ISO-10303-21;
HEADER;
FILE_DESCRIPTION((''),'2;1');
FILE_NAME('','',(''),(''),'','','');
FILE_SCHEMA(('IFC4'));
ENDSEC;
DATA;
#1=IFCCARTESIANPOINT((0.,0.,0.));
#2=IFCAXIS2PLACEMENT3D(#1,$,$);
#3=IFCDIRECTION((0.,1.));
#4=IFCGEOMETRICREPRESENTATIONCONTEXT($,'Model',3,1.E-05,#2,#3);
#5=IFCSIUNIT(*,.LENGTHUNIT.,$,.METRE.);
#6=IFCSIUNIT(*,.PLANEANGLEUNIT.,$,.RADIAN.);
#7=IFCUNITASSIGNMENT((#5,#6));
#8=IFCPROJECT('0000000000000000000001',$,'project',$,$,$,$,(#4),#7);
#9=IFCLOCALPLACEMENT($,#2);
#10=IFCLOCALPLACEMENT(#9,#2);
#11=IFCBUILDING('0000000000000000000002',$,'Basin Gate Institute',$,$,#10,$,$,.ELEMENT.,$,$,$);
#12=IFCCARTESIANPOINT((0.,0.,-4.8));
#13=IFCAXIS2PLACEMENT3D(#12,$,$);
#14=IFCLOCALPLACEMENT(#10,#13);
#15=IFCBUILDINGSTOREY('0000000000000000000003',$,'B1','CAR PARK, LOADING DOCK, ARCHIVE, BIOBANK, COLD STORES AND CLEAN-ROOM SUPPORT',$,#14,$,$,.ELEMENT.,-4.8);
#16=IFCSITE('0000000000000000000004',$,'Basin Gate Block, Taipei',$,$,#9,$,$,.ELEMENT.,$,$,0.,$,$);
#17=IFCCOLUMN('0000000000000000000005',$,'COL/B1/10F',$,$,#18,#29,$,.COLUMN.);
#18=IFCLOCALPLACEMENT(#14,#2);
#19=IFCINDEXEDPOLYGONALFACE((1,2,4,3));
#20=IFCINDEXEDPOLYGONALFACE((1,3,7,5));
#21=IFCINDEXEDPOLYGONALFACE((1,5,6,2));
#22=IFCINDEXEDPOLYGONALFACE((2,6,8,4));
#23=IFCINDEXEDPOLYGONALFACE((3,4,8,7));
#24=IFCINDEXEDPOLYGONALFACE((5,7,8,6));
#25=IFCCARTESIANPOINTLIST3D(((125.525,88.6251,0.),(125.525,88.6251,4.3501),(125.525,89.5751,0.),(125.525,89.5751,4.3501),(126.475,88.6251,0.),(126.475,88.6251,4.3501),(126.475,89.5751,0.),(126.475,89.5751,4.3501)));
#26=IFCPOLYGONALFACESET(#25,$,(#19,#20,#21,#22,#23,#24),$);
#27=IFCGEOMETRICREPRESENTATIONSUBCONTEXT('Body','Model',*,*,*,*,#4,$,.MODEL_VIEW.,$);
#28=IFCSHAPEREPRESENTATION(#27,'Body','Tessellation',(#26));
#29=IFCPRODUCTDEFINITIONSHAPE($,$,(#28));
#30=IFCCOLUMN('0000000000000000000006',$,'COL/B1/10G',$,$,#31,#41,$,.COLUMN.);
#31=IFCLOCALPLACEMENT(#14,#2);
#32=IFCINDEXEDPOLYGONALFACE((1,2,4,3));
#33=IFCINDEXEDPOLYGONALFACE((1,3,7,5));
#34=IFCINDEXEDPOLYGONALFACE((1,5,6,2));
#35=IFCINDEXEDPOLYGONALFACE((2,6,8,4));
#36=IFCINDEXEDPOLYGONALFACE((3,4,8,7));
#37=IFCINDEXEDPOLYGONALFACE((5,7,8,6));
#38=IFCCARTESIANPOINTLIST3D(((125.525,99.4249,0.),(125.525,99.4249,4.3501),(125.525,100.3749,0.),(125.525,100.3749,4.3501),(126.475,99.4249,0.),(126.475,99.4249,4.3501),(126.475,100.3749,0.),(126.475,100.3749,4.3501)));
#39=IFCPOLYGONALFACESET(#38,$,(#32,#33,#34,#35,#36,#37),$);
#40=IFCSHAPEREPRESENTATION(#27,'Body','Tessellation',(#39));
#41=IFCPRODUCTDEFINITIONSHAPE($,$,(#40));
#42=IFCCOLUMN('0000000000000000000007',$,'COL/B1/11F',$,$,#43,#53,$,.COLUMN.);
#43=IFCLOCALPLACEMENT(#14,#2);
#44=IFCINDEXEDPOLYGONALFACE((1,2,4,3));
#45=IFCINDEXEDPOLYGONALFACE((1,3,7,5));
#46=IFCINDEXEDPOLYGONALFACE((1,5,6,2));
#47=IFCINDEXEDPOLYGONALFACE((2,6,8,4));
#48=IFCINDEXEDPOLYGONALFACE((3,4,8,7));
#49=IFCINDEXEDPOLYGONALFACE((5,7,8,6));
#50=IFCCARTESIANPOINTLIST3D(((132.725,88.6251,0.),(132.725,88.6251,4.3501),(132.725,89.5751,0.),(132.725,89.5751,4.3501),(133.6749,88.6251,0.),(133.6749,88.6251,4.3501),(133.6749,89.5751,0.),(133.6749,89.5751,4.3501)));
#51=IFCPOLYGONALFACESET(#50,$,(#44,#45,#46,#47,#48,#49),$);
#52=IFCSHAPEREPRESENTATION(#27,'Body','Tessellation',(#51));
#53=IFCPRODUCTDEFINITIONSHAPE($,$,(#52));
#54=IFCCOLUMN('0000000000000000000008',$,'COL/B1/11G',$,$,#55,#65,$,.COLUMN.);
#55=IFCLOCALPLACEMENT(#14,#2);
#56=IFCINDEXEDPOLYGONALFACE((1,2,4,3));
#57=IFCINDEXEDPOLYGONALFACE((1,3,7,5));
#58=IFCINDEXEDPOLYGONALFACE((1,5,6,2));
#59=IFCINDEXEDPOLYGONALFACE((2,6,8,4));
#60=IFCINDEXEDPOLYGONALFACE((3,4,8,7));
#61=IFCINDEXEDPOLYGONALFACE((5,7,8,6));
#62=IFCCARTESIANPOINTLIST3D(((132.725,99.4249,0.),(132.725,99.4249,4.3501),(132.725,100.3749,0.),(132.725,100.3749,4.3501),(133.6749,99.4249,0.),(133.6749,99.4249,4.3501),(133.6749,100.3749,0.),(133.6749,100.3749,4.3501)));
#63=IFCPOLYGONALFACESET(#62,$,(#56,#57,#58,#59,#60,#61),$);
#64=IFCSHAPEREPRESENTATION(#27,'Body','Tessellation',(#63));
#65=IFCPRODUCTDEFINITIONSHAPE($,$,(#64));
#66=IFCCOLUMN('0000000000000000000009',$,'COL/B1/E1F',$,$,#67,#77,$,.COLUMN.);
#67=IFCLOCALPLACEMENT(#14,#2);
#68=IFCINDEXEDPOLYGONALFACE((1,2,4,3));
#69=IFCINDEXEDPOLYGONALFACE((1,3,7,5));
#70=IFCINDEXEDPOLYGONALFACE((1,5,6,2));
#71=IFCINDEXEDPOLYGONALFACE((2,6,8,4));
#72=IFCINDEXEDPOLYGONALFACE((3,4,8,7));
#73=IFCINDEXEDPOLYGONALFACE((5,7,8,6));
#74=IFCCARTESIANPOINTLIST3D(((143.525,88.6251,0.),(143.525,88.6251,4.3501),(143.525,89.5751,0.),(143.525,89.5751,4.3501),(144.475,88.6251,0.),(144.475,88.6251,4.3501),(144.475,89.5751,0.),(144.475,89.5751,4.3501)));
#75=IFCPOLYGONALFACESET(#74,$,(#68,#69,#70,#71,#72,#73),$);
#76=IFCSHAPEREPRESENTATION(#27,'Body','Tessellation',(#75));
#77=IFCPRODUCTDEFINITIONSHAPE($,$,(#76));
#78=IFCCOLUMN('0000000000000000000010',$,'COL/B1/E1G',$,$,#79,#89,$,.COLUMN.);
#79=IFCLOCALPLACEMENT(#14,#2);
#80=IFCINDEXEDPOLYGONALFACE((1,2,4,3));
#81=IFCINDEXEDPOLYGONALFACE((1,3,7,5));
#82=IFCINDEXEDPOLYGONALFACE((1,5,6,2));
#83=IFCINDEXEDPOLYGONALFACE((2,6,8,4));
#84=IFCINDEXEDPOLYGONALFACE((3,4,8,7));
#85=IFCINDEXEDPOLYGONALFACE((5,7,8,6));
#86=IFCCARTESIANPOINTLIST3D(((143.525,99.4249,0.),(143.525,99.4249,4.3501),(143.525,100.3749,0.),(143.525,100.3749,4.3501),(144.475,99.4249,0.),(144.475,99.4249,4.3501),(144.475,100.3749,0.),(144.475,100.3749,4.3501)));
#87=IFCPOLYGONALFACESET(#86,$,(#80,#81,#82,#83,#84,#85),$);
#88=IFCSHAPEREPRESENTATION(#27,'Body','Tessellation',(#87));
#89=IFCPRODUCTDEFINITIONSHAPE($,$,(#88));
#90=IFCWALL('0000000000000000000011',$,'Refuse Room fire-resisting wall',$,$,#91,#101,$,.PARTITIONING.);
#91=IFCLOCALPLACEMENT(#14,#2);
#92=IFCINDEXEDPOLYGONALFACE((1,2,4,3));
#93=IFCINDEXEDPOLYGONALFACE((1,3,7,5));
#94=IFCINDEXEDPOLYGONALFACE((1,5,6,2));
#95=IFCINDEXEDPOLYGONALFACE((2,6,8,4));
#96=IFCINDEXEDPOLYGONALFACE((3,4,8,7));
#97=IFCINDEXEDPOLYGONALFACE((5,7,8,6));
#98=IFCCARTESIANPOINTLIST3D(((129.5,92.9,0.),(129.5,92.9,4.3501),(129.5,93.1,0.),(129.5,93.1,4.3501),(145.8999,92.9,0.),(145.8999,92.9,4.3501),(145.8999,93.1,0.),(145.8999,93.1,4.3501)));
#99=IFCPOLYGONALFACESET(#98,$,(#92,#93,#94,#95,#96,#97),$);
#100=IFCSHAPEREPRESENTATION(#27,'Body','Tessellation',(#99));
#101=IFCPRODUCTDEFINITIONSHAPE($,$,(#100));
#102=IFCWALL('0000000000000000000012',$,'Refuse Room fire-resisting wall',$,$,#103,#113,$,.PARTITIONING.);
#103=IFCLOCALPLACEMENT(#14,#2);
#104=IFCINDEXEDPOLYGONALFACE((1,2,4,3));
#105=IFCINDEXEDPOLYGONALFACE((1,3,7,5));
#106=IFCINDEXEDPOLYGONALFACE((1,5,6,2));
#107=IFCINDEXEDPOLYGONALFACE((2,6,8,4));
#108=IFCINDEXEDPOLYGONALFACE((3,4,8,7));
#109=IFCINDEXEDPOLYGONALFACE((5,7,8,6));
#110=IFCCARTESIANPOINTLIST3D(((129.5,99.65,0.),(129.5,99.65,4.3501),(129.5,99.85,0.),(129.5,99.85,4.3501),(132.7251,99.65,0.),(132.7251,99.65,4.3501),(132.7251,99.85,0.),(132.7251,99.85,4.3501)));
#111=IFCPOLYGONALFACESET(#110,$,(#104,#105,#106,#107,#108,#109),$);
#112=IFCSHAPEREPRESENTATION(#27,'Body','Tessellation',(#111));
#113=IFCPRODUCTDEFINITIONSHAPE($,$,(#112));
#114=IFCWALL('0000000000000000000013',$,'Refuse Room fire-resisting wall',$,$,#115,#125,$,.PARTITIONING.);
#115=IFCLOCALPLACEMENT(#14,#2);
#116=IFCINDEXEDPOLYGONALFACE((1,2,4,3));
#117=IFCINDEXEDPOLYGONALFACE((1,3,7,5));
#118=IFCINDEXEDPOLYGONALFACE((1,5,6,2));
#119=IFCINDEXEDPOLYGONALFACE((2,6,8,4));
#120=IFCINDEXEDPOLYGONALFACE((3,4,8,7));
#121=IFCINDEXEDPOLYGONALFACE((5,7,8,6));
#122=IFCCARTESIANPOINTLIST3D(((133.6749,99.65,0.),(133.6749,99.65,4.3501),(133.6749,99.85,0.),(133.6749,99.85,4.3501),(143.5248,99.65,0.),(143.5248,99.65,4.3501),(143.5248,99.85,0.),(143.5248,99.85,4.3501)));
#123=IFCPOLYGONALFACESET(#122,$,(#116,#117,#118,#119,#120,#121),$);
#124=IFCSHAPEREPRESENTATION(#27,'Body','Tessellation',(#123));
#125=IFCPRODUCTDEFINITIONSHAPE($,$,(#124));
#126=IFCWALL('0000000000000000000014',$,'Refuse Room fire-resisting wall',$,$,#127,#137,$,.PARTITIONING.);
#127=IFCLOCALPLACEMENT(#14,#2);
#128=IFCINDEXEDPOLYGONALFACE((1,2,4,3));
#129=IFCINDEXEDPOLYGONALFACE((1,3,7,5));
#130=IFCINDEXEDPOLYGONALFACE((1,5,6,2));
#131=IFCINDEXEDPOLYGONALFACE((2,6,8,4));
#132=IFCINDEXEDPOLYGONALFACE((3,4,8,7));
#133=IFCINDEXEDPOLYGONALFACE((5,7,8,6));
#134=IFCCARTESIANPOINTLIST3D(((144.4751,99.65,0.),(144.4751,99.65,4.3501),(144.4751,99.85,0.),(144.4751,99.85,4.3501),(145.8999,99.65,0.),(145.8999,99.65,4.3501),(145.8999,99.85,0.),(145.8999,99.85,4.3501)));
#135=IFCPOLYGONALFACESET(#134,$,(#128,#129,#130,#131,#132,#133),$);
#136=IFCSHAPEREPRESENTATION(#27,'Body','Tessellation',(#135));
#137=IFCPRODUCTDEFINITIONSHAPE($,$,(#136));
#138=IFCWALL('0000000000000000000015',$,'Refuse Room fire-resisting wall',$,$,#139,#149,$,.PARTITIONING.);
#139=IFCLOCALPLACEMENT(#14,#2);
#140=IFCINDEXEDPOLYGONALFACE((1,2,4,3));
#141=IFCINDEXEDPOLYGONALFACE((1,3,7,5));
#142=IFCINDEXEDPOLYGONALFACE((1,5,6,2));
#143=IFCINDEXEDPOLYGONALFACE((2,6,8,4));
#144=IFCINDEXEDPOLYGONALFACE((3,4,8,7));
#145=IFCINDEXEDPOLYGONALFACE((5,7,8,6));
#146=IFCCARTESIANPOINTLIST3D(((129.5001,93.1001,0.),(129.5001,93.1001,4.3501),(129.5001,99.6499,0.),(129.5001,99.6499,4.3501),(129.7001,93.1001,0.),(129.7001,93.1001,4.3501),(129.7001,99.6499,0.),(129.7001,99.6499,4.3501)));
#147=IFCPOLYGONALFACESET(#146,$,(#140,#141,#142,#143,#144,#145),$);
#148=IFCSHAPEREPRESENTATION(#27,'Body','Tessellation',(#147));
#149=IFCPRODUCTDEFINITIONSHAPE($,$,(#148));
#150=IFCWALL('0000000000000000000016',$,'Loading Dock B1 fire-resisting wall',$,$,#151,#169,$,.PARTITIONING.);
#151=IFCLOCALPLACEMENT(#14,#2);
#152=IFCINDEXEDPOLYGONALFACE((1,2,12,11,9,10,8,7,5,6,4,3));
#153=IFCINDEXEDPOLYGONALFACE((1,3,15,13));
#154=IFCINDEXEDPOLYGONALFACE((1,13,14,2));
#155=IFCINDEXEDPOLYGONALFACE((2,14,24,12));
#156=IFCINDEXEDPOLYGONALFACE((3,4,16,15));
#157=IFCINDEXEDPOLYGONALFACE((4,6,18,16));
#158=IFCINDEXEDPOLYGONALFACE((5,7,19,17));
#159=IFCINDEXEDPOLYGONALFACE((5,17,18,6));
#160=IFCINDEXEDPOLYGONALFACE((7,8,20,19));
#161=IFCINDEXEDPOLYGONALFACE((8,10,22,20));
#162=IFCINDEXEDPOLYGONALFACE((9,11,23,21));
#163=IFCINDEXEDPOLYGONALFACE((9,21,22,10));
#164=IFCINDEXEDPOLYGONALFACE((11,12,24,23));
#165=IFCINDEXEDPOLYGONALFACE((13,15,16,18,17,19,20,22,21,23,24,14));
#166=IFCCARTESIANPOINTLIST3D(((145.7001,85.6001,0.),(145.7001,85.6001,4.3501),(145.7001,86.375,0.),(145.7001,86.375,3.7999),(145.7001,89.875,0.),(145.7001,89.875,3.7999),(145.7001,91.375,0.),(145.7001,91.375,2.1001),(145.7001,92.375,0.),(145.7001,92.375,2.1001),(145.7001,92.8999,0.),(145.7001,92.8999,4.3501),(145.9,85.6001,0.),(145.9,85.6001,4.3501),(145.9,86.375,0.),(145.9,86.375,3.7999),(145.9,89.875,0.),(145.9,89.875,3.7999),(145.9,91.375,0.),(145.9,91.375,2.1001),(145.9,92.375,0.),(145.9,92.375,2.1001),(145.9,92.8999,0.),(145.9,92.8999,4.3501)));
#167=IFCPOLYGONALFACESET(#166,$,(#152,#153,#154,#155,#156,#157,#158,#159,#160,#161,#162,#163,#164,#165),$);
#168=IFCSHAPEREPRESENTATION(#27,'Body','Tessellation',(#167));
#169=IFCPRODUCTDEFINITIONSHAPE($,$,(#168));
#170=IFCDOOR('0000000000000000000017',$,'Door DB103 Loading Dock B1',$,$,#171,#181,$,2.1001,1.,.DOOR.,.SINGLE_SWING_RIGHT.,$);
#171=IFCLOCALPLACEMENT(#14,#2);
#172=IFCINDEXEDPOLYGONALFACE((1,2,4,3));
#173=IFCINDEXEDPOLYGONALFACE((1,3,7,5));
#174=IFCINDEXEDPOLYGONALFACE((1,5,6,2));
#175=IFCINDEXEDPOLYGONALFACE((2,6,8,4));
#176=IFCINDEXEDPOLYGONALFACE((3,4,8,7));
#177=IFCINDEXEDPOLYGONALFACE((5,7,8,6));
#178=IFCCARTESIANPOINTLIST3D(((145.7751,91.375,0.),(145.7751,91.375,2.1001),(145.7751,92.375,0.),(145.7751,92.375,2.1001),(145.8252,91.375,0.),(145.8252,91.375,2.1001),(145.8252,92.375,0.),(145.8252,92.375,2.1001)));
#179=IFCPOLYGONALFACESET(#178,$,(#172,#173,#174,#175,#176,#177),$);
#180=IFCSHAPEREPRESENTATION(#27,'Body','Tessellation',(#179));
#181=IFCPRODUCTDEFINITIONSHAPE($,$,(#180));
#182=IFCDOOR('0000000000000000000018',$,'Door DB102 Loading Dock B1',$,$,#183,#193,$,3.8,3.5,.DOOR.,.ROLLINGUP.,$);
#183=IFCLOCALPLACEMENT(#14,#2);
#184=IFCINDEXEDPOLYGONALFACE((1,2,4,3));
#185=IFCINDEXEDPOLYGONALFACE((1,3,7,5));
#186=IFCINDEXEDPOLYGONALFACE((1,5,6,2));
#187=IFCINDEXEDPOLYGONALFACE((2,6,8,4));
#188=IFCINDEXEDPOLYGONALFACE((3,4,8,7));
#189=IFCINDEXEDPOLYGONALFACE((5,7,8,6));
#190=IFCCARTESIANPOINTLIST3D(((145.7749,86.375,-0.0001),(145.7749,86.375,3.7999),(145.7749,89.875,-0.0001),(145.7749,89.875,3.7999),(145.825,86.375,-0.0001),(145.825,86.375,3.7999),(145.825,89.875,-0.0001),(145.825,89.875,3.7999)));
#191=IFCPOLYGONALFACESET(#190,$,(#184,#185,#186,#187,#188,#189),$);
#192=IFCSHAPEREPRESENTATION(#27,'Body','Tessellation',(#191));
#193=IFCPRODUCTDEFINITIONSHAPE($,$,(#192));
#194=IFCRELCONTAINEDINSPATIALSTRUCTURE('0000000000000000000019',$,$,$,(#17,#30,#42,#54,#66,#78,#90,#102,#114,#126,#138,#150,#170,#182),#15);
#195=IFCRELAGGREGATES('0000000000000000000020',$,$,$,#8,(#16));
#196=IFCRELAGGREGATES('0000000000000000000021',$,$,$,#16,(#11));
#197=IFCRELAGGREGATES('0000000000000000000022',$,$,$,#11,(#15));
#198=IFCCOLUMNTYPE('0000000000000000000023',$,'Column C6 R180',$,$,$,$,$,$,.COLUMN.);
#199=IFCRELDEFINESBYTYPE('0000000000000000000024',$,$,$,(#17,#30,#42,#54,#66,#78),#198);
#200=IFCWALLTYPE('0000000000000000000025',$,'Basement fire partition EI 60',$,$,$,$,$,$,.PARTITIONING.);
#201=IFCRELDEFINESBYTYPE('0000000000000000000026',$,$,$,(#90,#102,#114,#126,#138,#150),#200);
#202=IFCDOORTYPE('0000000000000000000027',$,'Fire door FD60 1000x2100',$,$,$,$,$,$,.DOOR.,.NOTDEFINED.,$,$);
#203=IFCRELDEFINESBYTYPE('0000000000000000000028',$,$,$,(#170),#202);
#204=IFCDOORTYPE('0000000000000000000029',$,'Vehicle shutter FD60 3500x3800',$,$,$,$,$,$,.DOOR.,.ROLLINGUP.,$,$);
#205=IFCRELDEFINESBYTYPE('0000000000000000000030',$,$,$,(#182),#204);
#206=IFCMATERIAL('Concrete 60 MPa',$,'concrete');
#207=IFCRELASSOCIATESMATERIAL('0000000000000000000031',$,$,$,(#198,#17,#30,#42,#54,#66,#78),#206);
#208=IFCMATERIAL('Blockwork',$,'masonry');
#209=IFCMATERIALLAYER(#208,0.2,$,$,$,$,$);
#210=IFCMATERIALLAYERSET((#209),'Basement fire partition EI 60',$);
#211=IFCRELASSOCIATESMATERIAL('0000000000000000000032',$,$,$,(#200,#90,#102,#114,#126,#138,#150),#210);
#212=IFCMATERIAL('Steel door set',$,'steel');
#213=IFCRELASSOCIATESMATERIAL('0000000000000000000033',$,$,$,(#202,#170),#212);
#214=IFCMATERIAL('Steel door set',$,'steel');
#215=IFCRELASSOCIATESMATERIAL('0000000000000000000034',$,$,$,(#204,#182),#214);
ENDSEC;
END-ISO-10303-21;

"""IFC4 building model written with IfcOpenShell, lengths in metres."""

from ifc_helpers import new_model, si_unit, direction, frame, frame_2d, origin, origin_2d, place, context, subcontext, project, spatial, rectangle, extrude, material, layer, layer_set, material_profile, profile_set, type_object, element, fill, save


model = new_model("IFC4")

# Units and contexts
model_context = context("Model", 3, precision=1e-05, world=origin(), true_north=direction((0.0, 1.0)))
body_context = subcontext(model_context, "Body", "Model", "MODEL_VIEW")
ifc_project = project(units=[si_unit("LENGTHUNIT", "METRE"), si_unit("PLANEANGLEUNIT", "RADIAN")], contexts=[model_context])

# Site, building, storey
site_placement = place(None, origin())
site = spatial("IfcSite", under=ifc_project, at=site_placement, Name="Basin Gate Block, Taipei", CompositionType="ELEMENT", RefElevation=0.0)
building_placement = place(site_placement, origin())
building = spatial("IfcBuilding", under=site, at=building_placement, Name="Basin Gate Institute", CompositionType="ELEMENT")
storey_placement = place(building_placement, frame((0.0, 0.0, -4.8)))
storey = spatial("IfcBuildingStorey", under=building, at=storey_placement, Name="B1", Description="CAR PARK, LOADING DOCK, ARCHIVE, BIOBANK, COLD STORES AND CLEAN-ROOM SUPPORT", CompositionType="ELEMENT", Elevation=-4.8)

# Columns
ifc_material_1 = material(Name="Concrete 60 MPa", Category="concrete")
ifc_material_profile = material_profile(ifc_material_1, rectangle(XDim=0.95, YDim=0.95, at=origin_2d()), Name="Column C6 950 x 950")
ifc_profile_set = profile_set([ifc_material_profile], Name="Concrete 60 MPa")
column_type = type_object("IfcColumnType", Name="Column C6 R180", PredefinedType="COLUMN", material=ifc_profile_set)
for number, where, z_axis, x_axis, name in (
    (1, (126.0, 89.1001, 0.0), (0.0, 0.0, 1.0), (1.0, 0.0, 0.0), "COL/B1/10F"),
    (2, (126.0, 99.8999, 0.0), (0.0, 0.0, 1.0), (1.0, 0.0, 0.0), "COL/B1/10G"),
    (3, (133.2, 89.1001, 0.0), (0.0, 0.0, 1.0), (1.0, 0.0, 0.0), "COL/B1/11F"),
    (4, (133.2, 99.8999, 0.0), (0.0, 0.0, 1.0), (1.0, 0.0, 0.0), "COL/B1/11G"),
    (5, (144.0, 89.1001, 0.0), (0.0, 0.0, 1.0), (1.0, 0.0, 0.0), "COL/B1/E1F"),
    (6, (144.0, 99.8999, 0.0), (0.0, 0.0, 1.0), (1.0, 0.0, 0.0), "COL/B1/E1G"),
):
    element("IfcColumn", number, at=place(storey_placement, frame(where, z_axis=z_axis, x_axis=x_axis)), inside=storey, type_object=column_type, material=ifc_profile_set, Name=name, PredefinedType="COLUMN", context=body_context, shape_type="SweptSolid", body=[
        extrude(rectangle(XDim=0.95, YDim=0.95, at=origin_2d()), origin(), (0.0, 0.0, 1.0), 4.3501),
    ])

# Walls
ifc_material_2 = material(Name="Blockwork", Category="masonry")
ifc_layer_1 = layer(ifc_material_2, 0.2)
ifc_layer_set_1 = layer_set([ifc_layer_1], Name="Basement fire partition EI 60")
wall_type_1 = type_object("IfcWallType", Name="Basement fire partition EI 60", PredefinedType="PARTITIONING", material=ifc_layer_set_1)
wall_1_placement = place(storey_placement, frame((129.5, 93.0, 0.0), z_axis=(0.0, 0.0, 1.0), x_axis=(1.0, 0.0, 0.0)))
element("IfcWall", 7, at=wall_1_placement, inside=storey, type_object=wall_type_1, material=ifc_layer_set_1, Name="Refuse Room fire-resisting wall", PredefinedType="PARTITIONING", context=body_context, shape_type="SweptSolid", body=[
    extrude(rectangle(XDim=16.3999, YDim=0.2, at=frame_2d((8.2, 0.0))), origin(), (0.0, 0.0, 1.0), 4.3501),
])
wall_2_placement = place(storey_placement, frame((129.5, 99.75, 0.0), z_axis=(0.0, 0.0, 1.0), x_axis=(1.0, 0.0, 0.0)))
element("IfcWall", 8, at=wall_2_placement, inside=storey, type_object=wall_type_1, material=ifc_layer_set_1, Name="Refuse Room fire-resisting wall", PredefinedType="PARTITIONING", context=body_context, shape_type="SweptSolid", body=[
    extrude(rectangle(XDim=3.2251, YDim=0.2, at=frame_2d((1.6125, 0.0))), origin(), (0.0, 0.0, 1.0), 4.3501),
])
wall_3_placement = place(storey_placement, frame((133.675, 99.75, 0.0), z_axis=(0.0, 0.0, 1.0), x_axis=(1.0, 0.0, 0.0)))
element("IfcWall", 9, at=wall_3_placement, inside=storey, type_object=wall_type_1, material=ifc_layer_set_1, Name="Refuse Room fire-resisting wall", PredefinedType="PARTITIONING", context=body_context, shape_type="SweptSolid", body=[
    extrude(rectangle(XDim=9.8499, YDim=0.2, at=frame_2d((4.9248, 0.0))), origin(), (0.0, 0.0, 1.0), 4.3501),
])
wall_4_placement = place(storey_placement, frame((144.4751, 99.75, 0.0), z_axis=(0.0, 0.0, 1.0), x_axis=(1.0, 0.0, 0.0)))
element("IfcWall", 10, at=wall_4_placement, inside=storey, type_object=wall_type_1, material=ifc_layer_set_1, Name="Refuse Room fire-resisting wall", PredefinedType="PARTITIONING", context=body_context, shape_type="SweptSolid", body=[
    extrude(rectangle(XDim=1.4248, YDim=0.2, at=frame_2d((0.7124, 0.0))), origin(), (0.0, 0.0, 1.0), 4.3501),
])
wall_5_placement = place(storey_placement, frame((129.6001, 93.1001, 0.0), z_axis=(0.0, 0.0, 1.0), x_axis=(0.0, 1.0, 0.0)))
element("IfcWall", 11, at=wall_5_placement, inside=storey, type_object=wall_type_1, material=ifc_layer_set_1, Name="Refuse Room fire-resisting wall", PredefinedType="PARTITIONING", context=body_context, shape_type="SweptSolid", body=[
    extrude(rectangle(XDim=6.5498, YDim=0.2, at=frame_2d((3.2749, 0.0))), origin(), (0.0, 0.0, 1.0), 4.3501),
])

# Wall, openings, doors
wall_6_placement = place(storey_placement, frame((145.8, 85.6001, 0.0), z_axis=(0.0, 0.0, 1.0), x_axis=(0.0, 1.0, 0.0)))
wall_6 = element("IfcWall", 12, at=wall_6_placement, inside=storey, type_object=wall_type_1, material=ifc_layer_set_1, Name="Loading Dock B1 fire-resisting wall", PredefinedType="PARTITIONING", context=body_context, shape_type="SweptSolid", body=[
    extrude(rectangle(XDim=7.2998, YDim=0.2, at=frame_2d((3.6499, 0.0))), origin(), (0.0, 0.0, 1.0), 4.3501),
])
opening_1_placement = place(wall_6_placement, frame((0.7749, 0.0, 0.0)))
opening_1 = element("IfcOpeningElement", 13, at=opening_1_placement, cuts=wall_6, PredefinedType="OPENING", context=body_context, shape_type="SweptSolid", body=[
    extrude(rectangle(XDim=3.5, YDim=3.8, at=frame_2d((1.75, 1.8999))), frame((0.0, 0.1099, 0.0), z_axis=(0.0, -1.0, 0.0), x_axis=(1.0, 0.0, 0.0)), (0.0, 0.0, 1.0), 0.22),
])
opening_2_placement = place(wall_6_placement, frame((5.7749, 0.0, 0.0)))
opening_2 = element("IfcOpeningElement", 14, at=opening_2_placement, cuts=wall_6, PredefinedType="OPENING", context=body_context, shape_type="SweptSolid", body=[
    extrude(rectangle(XDim=1.0, YDim=2.1001, at=frame_2d((0.5, 1.05))), frame((0.0, 0.1099, 0.0), z_axis=(0.0, -1.0, 0.0), x_axis=(1.0, 0.0, 0.0)), (0.0, 0.0, 1.0), 0.22),
])
ifc_material_3 = material(Name="Steel door set", Category="steel")
door_type_1 = type_object("IfcDoorType", Name="Fire door FD60 1000x2100", OperationType="NOTDEFINED", PredefinedType="DOOR", material=ifc_material_3)
door_1_placement = place(opening_2_placement, origin())
door_1 = element("IfcDoor", 15, at=door_1_placement, inside=storey, type_object=door_type_1, material=ifc_material_3, Name="Door DB103 Loading Dock B1", OperationType="SINGLE_SWING_RIGHT", OverallHeight=2.1001, OverallWidth=1.0, PredefinedType="DOOR", context=body_context, shape_type="SweptSolid", body=[
    extrude(rectangle(XDim=1.0, YDim=2.1001, at=frame_2d((0.5, 1.05))), frame((0.0, 0.0249, 0.0), z_axis=(0.0, -1.0, 0.0), x_axis=(1.0, 0.0, 0.0)), (0.0, 0.0, 1.0), 0.05),
])
fill(opening_2, door_1)
ifc_material_4 = material(Name="Steel door set", Category="steel")
door_type_2 = type_object("IfcDoorType", Name="Vehicle shutter FD60 3500x3800", OperationType="ROLLINGUP", PredefinedType="DOOR", material=ifc_material_4)
door_2_placement = place(opening_1_placement, frame((3.5, 0.0, 0.0), z_axis=(0.0, 0.0, 1.0), x_axis=(-1.0, 0.0, 0.0)))
door_2 = element("IfcDoor", 16, at=door_2_placement, inside=storey, type_object=door_type_2, material=ifc_material_4, Name="Door DB102 Loading Dock B1", OperationType="ROLLINGUP", OverallHeight=3.8, OverallWidth=3.5, PredefinedType="DOOR", context=body_context, shape_type="SweptSolid", body=[
    extrude(rectangle(XDim=3.5, YDim=3.8, at=frame_2d((1.75, 1.8999))), frame((0.0, 0.0249, 0.0), z_axis=(0.0, -1.0, 0.0), x_axis=(1.0, 0.0, 0.0)), (0.0, 0.0, 1.0), 0.05),
])
fill(opening_1, door_2)

save(model, "model.ifc")
